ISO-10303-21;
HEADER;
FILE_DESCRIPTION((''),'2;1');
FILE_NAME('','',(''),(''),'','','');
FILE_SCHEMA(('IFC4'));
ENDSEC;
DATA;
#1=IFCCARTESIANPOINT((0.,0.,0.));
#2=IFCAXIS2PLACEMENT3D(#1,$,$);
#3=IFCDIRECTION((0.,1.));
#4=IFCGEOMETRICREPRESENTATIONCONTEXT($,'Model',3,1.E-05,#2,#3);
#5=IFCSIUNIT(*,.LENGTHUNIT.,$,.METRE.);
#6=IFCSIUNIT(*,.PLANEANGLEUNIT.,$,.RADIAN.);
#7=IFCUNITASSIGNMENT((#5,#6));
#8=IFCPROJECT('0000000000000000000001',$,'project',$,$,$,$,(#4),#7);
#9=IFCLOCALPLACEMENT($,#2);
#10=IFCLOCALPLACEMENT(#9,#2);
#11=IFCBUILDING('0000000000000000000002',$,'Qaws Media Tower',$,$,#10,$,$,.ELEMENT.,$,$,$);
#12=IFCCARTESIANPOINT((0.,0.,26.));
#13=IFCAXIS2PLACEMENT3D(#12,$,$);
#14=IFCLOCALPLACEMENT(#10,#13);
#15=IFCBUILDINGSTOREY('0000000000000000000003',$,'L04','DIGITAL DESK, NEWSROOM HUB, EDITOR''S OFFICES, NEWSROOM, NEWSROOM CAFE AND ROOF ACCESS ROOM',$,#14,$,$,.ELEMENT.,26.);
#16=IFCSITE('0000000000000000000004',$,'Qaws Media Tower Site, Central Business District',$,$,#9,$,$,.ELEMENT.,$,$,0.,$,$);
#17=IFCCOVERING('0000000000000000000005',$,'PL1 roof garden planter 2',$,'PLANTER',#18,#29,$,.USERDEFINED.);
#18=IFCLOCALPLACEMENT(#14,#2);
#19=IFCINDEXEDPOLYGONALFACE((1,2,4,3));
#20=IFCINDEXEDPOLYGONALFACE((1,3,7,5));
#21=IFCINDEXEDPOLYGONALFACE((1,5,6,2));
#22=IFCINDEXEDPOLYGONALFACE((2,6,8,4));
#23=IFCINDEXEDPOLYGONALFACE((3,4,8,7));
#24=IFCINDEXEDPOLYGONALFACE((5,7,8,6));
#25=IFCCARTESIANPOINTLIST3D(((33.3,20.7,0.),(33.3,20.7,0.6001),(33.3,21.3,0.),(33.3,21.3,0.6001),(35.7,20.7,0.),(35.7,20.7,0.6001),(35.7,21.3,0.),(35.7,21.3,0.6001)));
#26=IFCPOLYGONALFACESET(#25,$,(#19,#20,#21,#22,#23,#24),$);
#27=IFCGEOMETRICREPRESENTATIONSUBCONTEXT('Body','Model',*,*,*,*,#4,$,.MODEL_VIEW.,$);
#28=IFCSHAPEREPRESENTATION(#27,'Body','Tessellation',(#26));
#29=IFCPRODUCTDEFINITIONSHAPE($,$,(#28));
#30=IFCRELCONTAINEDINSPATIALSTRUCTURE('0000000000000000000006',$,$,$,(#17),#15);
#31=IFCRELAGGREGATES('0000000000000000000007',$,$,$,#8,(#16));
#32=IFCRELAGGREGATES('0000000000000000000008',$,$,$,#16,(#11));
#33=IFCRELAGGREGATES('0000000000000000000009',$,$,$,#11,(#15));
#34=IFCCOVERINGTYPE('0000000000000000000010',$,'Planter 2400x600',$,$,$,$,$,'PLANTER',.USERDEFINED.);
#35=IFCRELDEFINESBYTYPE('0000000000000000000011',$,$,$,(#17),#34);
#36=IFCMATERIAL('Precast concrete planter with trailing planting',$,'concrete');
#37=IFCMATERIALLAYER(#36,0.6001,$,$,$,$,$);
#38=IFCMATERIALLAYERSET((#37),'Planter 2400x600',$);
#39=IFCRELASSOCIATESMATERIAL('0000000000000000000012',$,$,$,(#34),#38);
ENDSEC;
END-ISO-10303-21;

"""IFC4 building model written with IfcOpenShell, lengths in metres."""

from ifc_helpers import new_model, si_unit, direction, frame, origin, origin_2d, place, context, subcontext, project, spatial, rectangle, extrude, material, layer, layer_set, type_object, element, save


model = new_model("IFC4")

# Units and contexts
model_context = context("Model", 3, precision=1e-05, world=origin(), true_north=direction((0.0, 1.0)))
body_context = subcontext(model_context, "Body", "Model", "MODEL_VIEW")
ifc_project = project(units=[si_unit("LENGTHUNIT", "METRE"), si_unit("PLANEANGLEUNIT", "RADIAN")], contexts=[model_context])

# Site, building, storey
site_placement = place(None, origin())
site = spatial("IfcSite", under=ifc_project, at=site_placement, Name="Qaws Media Tower Site, Central Business District", CompositionType="ELEMENT", RefElevation=0.0)
building_placement = place(site_placement, origin())
building = spatial("IfcBuilding", under=site, at=building_placement, Name="Qaws Media Tower", CompositionType="ELEMENT")
storey_placement = place(building_placement, frame((0.0, 0.0, 26.0)))
storey = spatial("IfcBuildingStorey", under=building, at=storey_placement, Name="L04", Description="DIGITAL DESK, NEWSROOM HUB, EDITOR'S OFFICES, NEWSROOM, NEWSROOM CAFE AND ROOF ACCESS ROOM", CompositionType="ELEMENT", Elevation=26.0)

# Covering
ifc_material_1 = material(Name="Precast concrete planter with trailing planting", Category="concrete")
ifc_layer_1 = layer(ifc_material_1, 0.6001)
ifc_layer_set_1 = layer_set([ifc_layer_1], Name="Planter 2400x600")
covering_type = type_object("IfcCoveringType", Name="Planter 2400x600", ElementType="PLANTER", PredefinedType="USERDEFINED", material=ifc_layer_set_1)
covering_placement = place(storey_placement, frame((34.5, 21.0, 0.0), z_axis=(0.0, 0.0, 1.0), x_axis=(1.0, 0.0, 0.0)))
element("IfcCovering", 1, at=covering_placement, inside=storey, type_object=covering_type, Name="PL1 roof garden planter 2", ObjectType="PLANTER", PredefinedType="USERDEFINED", context=body_context, shape_type="SweptSolid", body=[
    extrude(rectangle(XDim=2.3999, YDim=0.6001, at=origin_2d()), origin(), (0.0, 0.0, 1.0), 0.6001),
])

save(model, "model.ifc")
